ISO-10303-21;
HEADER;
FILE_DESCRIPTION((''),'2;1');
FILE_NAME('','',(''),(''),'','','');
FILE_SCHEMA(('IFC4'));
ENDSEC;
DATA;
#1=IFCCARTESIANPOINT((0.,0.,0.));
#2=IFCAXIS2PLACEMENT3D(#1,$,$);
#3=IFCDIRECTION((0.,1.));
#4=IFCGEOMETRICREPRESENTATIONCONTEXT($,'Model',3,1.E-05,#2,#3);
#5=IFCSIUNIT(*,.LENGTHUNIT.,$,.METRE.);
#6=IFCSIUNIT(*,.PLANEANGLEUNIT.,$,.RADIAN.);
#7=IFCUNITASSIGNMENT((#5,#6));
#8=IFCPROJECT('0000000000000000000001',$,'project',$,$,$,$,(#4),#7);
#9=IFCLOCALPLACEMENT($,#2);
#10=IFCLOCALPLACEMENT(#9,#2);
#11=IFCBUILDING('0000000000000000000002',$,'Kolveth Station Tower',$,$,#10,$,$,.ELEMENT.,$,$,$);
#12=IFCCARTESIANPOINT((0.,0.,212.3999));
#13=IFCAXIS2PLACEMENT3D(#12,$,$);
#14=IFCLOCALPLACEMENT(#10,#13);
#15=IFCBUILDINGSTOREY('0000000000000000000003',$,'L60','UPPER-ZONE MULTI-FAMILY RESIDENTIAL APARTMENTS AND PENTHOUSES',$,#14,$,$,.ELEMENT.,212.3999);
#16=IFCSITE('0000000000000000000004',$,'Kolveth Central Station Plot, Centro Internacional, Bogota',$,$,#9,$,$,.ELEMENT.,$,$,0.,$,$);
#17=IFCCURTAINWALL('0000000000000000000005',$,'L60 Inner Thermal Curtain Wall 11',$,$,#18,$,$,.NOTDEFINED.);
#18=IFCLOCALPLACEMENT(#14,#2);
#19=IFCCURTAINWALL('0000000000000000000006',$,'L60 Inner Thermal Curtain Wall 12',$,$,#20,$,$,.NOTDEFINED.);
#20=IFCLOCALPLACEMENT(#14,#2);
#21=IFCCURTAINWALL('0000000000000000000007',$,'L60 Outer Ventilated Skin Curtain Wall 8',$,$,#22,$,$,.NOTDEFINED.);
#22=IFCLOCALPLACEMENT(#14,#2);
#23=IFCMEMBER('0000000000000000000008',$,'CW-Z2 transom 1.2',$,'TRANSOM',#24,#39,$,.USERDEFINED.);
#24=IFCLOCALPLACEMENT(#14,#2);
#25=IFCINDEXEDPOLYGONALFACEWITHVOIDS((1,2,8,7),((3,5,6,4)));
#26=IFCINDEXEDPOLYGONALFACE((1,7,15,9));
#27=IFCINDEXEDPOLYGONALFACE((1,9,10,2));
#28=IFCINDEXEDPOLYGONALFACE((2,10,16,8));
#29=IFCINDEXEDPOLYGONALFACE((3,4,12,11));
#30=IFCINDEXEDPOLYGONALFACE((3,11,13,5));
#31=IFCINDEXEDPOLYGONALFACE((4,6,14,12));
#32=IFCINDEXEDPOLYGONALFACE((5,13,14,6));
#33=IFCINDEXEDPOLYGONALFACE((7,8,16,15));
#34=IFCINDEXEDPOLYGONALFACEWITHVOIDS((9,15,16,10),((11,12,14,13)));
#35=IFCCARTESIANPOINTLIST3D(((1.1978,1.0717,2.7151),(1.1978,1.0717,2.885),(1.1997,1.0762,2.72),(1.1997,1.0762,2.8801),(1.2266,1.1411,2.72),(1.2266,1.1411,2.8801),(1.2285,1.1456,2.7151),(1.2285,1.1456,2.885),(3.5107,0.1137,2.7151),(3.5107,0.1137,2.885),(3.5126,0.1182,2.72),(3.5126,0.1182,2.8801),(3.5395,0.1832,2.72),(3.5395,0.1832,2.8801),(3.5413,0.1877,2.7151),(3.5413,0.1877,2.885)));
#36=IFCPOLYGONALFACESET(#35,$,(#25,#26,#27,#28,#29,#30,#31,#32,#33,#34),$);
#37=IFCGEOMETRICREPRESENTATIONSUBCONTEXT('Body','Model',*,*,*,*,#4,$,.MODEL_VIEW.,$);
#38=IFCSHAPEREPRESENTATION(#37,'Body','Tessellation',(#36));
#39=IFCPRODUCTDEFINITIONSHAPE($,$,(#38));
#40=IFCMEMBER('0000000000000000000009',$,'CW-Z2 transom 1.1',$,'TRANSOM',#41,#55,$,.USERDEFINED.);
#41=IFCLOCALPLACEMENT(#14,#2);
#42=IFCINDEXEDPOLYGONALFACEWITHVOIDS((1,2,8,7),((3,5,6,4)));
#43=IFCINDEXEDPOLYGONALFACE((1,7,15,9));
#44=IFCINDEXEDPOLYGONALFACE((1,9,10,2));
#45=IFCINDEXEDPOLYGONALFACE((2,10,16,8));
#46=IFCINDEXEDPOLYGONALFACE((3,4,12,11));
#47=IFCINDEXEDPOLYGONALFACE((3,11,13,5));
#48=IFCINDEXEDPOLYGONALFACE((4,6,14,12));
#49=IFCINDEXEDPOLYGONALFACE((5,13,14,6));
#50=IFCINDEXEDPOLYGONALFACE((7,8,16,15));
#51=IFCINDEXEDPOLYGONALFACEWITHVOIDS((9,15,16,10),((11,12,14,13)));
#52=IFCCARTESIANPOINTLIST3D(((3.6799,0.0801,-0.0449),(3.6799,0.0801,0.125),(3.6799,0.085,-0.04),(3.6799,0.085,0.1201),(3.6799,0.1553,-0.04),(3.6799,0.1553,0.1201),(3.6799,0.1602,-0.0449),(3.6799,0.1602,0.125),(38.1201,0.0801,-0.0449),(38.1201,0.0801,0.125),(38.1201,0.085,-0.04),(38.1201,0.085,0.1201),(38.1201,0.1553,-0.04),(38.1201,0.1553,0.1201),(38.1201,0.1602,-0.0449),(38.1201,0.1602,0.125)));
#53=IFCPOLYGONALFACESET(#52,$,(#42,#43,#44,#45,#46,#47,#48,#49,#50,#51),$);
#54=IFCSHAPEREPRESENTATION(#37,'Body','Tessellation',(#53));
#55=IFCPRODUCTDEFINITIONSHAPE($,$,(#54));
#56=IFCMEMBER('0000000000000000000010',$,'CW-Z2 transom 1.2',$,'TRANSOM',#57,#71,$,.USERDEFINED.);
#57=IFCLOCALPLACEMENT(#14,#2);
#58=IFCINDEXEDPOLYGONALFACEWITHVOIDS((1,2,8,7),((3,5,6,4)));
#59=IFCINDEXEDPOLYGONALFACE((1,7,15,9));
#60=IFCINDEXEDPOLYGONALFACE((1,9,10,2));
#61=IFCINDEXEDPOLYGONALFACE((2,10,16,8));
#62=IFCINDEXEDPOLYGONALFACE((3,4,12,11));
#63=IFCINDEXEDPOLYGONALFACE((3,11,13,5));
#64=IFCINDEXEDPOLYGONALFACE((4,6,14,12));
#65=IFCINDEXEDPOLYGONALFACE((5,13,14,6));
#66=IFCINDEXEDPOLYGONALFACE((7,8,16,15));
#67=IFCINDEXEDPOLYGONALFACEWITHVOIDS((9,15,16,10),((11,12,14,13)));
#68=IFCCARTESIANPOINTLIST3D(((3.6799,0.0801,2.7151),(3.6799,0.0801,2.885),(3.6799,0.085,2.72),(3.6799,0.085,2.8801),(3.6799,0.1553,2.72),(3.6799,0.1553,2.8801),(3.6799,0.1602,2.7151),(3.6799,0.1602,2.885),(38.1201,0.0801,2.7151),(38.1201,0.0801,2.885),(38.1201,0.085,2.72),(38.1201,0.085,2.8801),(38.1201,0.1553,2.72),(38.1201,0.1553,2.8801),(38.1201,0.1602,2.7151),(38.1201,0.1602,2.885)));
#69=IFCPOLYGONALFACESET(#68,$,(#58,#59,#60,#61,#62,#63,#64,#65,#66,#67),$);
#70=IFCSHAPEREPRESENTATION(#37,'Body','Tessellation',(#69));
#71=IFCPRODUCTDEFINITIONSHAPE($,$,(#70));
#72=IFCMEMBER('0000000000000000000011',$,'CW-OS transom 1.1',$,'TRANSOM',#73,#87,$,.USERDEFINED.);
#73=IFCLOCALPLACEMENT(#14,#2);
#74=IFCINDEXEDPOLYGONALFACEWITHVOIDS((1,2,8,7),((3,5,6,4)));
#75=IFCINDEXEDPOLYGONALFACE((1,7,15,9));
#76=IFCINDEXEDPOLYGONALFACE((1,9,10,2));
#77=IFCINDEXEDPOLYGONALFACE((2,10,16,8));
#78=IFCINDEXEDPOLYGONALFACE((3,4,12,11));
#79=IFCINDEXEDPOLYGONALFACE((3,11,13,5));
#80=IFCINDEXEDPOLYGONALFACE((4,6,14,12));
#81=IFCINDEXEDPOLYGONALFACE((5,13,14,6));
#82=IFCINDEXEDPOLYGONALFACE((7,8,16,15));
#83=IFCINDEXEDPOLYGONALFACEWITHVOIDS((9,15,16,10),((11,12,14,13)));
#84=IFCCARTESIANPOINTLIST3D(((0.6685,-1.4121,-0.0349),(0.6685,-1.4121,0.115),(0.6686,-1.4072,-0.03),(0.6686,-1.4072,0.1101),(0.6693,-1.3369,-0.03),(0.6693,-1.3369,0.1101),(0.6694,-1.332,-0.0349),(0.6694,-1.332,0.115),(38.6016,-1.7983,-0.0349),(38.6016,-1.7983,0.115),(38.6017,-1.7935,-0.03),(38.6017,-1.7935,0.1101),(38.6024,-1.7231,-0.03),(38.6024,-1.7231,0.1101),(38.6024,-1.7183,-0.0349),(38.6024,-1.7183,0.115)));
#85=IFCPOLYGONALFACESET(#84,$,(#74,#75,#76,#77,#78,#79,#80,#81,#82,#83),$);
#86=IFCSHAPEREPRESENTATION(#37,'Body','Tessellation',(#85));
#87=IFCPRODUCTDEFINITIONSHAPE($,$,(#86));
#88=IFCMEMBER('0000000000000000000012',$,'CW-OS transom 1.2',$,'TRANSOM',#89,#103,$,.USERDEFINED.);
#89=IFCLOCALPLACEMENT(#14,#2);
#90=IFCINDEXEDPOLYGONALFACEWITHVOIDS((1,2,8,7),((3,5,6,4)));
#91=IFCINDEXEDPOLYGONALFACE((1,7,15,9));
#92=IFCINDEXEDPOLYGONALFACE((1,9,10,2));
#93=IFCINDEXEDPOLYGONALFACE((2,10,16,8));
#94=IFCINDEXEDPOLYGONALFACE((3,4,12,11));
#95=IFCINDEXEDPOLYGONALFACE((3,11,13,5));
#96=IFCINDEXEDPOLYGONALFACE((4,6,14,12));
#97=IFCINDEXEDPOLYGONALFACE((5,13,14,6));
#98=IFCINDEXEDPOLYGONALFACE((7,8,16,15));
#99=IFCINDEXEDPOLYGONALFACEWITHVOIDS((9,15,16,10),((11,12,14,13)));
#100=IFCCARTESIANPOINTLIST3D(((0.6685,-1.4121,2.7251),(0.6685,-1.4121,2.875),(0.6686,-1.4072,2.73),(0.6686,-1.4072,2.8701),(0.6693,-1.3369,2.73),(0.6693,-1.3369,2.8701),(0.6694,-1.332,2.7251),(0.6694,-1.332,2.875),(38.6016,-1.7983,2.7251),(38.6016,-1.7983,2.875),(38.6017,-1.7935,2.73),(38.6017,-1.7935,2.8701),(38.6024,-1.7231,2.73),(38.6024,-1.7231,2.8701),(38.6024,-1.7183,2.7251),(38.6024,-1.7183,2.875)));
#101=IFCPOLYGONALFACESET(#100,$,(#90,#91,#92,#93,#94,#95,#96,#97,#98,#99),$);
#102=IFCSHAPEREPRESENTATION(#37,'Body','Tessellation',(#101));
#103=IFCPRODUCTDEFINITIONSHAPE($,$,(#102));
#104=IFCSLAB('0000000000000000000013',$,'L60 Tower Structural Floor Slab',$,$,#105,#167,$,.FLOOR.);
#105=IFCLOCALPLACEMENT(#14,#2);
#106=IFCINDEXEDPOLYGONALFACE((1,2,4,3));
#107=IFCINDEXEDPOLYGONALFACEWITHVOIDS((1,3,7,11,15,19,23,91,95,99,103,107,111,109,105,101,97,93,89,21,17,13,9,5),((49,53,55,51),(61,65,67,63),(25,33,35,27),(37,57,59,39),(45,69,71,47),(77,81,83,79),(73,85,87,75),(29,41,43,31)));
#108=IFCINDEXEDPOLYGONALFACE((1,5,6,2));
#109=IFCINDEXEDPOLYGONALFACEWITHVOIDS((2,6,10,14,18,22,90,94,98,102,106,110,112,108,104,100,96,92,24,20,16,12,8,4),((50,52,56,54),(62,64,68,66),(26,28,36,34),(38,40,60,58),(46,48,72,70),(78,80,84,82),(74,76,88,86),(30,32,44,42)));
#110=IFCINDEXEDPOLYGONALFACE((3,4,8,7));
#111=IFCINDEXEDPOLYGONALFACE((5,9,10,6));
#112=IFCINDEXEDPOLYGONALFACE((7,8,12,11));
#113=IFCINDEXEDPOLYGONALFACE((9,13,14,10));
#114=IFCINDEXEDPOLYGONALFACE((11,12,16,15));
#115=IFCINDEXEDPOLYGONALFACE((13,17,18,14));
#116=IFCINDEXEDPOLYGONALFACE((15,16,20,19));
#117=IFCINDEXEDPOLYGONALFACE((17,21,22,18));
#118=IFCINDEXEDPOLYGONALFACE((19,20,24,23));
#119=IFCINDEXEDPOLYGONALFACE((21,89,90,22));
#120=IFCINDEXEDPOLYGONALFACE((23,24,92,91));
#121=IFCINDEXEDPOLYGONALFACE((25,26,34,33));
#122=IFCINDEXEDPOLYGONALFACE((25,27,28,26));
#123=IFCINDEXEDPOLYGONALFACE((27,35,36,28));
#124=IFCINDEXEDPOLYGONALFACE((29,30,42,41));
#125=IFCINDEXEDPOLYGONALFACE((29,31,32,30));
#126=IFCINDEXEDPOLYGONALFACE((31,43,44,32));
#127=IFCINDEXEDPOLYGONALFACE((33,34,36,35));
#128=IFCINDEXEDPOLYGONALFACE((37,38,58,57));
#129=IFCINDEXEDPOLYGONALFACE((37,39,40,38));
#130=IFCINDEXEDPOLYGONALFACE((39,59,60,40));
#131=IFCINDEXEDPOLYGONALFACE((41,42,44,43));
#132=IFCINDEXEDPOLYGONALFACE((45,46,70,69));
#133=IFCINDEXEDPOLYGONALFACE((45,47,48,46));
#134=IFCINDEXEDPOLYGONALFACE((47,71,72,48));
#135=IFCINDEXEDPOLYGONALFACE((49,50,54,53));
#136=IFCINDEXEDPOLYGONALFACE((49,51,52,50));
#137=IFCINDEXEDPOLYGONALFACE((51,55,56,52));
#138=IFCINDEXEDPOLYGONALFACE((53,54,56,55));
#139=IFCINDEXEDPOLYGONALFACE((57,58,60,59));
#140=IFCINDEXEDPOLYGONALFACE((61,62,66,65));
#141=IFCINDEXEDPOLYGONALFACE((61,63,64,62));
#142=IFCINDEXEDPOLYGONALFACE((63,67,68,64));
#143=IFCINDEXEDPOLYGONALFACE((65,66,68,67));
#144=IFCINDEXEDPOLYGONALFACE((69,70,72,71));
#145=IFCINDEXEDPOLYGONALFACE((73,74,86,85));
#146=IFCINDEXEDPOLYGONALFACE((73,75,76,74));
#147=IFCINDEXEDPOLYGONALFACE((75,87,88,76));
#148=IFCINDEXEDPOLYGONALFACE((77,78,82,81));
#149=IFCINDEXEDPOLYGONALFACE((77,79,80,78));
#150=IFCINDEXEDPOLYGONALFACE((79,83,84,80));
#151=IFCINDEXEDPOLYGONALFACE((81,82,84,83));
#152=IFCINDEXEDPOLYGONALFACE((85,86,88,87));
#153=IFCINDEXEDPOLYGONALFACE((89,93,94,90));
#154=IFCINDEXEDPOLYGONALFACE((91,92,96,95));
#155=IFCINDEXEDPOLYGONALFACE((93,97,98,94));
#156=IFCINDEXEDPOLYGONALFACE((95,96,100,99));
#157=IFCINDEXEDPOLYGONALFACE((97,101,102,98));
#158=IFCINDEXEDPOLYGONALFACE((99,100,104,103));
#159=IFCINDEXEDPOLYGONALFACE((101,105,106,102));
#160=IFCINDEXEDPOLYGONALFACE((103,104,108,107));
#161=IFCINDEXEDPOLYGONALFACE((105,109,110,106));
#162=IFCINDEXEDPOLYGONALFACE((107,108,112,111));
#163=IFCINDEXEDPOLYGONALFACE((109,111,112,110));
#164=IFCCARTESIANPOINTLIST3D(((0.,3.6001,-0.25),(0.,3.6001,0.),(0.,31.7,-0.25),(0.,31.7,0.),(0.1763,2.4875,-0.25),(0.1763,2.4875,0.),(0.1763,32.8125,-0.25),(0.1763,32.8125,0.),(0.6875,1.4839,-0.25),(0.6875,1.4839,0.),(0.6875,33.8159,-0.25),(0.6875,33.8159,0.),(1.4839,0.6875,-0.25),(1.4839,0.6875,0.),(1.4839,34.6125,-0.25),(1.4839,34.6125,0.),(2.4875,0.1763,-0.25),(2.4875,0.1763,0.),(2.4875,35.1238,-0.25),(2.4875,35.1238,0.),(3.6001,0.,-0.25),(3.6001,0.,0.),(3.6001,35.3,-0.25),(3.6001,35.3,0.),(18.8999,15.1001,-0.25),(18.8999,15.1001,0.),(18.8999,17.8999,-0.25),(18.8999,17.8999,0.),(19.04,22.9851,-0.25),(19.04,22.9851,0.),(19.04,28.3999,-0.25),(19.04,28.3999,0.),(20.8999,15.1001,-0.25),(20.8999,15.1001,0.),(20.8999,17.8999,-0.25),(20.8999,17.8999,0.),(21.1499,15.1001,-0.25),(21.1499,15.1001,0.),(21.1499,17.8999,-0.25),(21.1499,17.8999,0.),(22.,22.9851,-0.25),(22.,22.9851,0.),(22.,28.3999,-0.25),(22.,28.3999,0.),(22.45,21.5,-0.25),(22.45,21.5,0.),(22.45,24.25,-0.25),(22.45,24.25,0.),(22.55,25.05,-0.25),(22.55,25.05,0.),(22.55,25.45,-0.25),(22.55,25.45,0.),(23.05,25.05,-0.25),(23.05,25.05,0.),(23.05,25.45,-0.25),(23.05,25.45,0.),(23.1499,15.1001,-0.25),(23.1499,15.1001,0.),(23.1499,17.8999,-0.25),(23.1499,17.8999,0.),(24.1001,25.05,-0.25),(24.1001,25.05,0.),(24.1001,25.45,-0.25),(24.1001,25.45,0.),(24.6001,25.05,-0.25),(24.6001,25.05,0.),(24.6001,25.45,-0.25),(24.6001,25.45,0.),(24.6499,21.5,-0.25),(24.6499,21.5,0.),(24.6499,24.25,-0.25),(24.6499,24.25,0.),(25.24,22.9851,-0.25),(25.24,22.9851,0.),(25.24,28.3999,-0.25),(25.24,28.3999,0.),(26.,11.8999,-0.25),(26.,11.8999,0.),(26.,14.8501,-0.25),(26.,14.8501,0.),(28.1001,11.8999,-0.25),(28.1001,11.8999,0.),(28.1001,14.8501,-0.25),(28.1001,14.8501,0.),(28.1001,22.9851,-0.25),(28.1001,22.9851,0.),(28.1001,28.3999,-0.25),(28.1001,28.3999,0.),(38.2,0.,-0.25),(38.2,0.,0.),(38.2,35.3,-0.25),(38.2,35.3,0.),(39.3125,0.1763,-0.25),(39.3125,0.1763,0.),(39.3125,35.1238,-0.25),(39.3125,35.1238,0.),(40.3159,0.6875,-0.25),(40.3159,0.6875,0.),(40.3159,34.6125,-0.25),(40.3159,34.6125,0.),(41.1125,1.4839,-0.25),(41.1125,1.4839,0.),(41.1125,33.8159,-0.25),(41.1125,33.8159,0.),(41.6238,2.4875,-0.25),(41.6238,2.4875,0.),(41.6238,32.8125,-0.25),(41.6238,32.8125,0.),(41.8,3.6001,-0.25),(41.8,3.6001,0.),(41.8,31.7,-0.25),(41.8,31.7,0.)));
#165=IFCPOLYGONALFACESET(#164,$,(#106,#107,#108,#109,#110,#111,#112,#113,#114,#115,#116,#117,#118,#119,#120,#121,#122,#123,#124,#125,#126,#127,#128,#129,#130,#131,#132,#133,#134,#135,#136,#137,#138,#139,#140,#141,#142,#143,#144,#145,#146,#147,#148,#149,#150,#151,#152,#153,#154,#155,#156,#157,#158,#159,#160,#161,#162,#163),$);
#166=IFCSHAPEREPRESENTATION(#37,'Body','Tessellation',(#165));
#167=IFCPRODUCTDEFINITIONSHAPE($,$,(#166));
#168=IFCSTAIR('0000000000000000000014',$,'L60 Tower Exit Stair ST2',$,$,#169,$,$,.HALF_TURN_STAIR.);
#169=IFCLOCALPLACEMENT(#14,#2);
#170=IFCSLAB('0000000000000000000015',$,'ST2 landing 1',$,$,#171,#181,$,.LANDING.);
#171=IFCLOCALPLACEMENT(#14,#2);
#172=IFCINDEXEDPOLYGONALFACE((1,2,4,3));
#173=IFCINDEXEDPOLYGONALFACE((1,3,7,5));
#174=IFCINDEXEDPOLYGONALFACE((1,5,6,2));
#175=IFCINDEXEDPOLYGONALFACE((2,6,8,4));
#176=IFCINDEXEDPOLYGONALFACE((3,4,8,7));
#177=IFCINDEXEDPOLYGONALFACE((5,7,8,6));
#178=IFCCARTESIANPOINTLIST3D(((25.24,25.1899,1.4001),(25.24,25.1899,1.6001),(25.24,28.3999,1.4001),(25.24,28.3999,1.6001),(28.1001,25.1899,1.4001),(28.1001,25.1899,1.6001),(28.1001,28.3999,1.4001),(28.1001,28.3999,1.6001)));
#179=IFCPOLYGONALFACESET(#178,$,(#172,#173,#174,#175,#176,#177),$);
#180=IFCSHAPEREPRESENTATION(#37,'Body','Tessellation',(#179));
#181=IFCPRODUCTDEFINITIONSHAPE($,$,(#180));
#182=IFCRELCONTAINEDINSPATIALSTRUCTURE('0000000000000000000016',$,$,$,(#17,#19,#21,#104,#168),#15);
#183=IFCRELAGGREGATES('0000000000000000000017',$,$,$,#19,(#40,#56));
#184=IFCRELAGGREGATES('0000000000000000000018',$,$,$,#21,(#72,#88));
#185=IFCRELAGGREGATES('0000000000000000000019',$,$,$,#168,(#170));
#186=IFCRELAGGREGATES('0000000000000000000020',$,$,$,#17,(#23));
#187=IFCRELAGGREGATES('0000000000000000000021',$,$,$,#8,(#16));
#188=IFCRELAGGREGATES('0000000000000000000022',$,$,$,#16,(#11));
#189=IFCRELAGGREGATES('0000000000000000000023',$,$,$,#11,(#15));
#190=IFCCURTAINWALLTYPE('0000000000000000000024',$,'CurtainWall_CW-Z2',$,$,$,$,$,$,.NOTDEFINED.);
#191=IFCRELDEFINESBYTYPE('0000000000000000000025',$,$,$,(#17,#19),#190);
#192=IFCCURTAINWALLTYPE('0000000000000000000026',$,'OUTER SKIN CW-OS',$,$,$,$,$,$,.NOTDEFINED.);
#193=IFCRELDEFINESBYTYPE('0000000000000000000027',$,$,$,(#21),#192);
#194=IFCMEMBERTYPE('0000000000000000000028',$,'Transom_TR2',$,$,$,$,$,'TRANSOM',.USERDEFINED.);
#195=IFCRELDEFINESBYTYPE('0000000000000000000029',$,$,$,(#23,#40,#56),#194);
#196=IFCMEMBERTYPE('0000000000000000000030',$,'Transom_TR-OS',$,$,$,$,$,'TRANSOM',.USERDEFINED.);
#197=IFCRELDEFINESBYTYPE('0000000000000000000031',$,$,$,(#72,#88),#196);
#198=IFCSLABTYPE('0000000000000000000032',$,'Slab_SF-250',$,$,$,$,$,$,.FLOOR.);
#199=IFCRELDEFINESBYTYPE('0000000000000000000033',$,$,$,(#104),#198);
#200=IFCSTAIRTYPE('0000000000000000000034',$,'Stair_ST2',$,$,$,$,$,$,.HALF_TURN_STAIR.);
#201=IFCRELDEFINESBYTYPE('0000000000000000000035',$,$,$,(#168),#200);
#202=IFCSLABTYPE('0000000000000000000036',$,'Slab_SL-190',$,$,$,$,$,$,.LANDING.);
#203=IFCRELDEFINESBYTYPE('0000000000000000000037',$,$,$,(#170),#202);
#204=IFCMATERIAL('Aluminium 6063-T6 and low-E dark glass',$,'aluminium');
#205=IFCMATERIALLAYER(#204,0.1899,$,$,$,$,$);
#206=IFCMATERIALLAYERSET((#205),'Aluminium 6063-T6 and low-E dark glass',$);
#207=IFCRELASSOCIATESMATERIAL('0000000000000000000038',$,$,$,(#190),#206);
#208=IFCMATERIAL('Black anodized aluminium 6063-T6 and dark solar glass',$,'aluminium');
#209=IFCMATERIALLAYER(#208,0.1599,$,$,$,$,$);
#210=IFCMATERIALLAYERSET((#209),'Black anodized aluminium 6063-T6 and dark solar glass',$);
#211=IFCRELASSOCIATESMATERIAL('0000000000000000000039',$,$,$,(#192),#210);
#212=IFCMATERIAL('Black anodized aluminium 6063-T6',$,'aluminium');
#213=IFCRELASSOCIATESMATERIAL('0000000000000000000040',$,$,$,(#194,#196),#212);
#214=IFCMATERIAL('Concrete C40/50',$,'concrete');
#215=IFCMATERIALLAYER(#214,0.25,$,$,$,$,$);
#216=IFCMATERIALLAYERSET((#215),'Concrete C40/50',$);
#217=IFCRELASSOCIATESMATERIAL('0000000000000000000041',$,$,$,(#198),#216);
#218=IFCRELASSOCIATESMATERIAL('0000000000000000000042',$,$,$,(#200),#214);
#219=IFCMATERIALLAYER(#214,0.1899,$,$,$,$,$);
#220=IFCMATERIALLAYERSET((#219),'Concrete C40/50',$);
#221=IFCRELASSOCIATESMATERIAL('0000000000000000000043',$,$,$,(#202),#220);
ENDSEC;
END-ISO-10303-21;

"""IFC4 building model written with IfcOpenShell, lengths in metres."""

from ifc_helpers import new_model, si_unit, direction, frame, origin, origin_2d, place, context, subcontext, project, spatial, polyline, hollow_rectangle, outline, extrude, source, transform, mapped, material, layer, layer_set, material_profile, profile_set, type_object, element, aggregate, save


model = new_model("IFC4")

# Units and contexts
model_context = context("Model", 3, precision=1e-05, world=origin(), true_north=direction((0.0, 1.0)))
body_context = subcontext(model_context, "Body", "Model", "MODEL_VIEW")
ifc_project = project(units=[si_unit("LENGTHUNIT", "METRE"), si_unit("PLANEANGLEUNIT", "RADIAN")], contexts=[model_context])

# Site, building, storey
site_placement = place(None, origin())
site = spatial("IfcSite", under=ifc_project, at=site_placement, Name="Kolveth Central Station Plot, Centro Internacional, Bogota", CompositionType="ELEMENT", RefElevation=0.0)
building_placement = place(site_placement, origin())
building = spatial("IfcBuilding", under=site, at=building_placement, Name="Kolveth Station Tower", CompositionType="ELEMENT")
storey_placement = place(building_placement, frame((0.0, 0.0, 212.3999)))
storey = spatial("IfcBuildingStorey", under=building, at=storey_placement, Name="L60", Description="UPPER-ZONE MULTI-FAMILY RESIDENTIAL APARTMENTS AND PENTHOUSES", CompositionType="ELEMENT", Elevation=212.3999)

# Shared definitions
ifc_material_1 = material(Name="Aluminium 6063-T6 and low-E dark glass", Category="aluminium")
ifc_layer_1 = layer(ifc_material_1, 0.1899)
ifc_layer_set_1 = layer_set([ifc_layer_1], Name="Aluminium 6063-T6 and low-E dark glass")
curtain_wall_type_1 = type_object("IfcCurtainWallType", Name="CurtainWall_CW-Z2", PredefinedType="NOTDEFINED", material=ifc_layer_set_1)
ifc_material_2 = material(Name="Black anodized aluminium 6063-T6", Category="aluminium")

# Curtain wall
curtain_wall_1_placement = place(storey_placement, origin())
curtain_wall_1 = element("IfcCurtainWall", 1, at=curtain_wall_1_placement, inside=storey, type_object=curtain_wall_type_1, Name="L60 Inner Thermal Curtain Wall 11", PredefinedType="NOTDEFINED")

# Curtain walls
curtain_wall_2_placement = place(storey_placement, origin())
curtain_wall_2 = element("IfcCurtainWall", 2, at=curtain_wall_2_placement, inside=storey, type_object=curtain_wall_type_1, Name="L60 Inner Thermal Curtain Wall 12", PredefinedType="NOTDEFINED")
ifc_material_3 = material(Name="Black anodized aluminium 6063-T6 and dark solar glass", Category="aluminium")
ifc_layer_2 = layer(ifc_material_3, 0.1599)
ifc_layer_set_2 = layer_set([ifc_layer_2], Name="Black anodized aluminium 6063-T6 and dark solar glass")
curtain_wall_type_2 = type_object("IfcCurtainWallType", Name="OUTER SKIN CW-OS", PredefinedType="NOTDEFINED", material=ifc_layer_set_2)
curtain_wall_3_placement = place(storey_placement, origin())
curtain_wall_3 = element("IfcCurtainWall", 3, at=curtain_wall_3_placement, inside=storey, type_object=curtain_wall_type_2, Name="L60 Outer Ventilated Skin Curtain Wall 8", PredefinedType="NOTDEFINED")

# Members
ifc_material_profile_1 = material_profile(ifc_material_2, hollow_rectangle(XDim=0.0801, YDim=0.1699, WallThickness=0.0049, at=origin_2d()), Name="ALU-80x170x5")
ifc_profile_set_1 = profile_set([ifc_material_profile_1], Name="Black anodized aluminium 6063-T6")
member_type_1 = type_object("IfcMemberType", Name="Transom_TR2", ElementType="TRANSOM", PredefinedType="USERDEFINED", material=ifc_profile_set_1)
shared_shape_1 = source(origin(), body_context, "Body", "SweptSolid", [
    extrude(hollow_rectangle(XDim=0.0801, YDim=0.1699, WallThickness=0.0049, at=origin_2d()), origin(), (0.0, 0.0, 1.0), 2.5034),
])
member_1_placement = place(storey_placement, frame((1.2131, 1.1086, 2.8), z_axis=(0.923888, -0.382662, 0.0), x_axis=(0.382662, 0.923888, 0.0)))
member_1 = element("IfcMember", 4, at=member_1_placement, type_object=member_type_1, Name="CW-Z2 transom 1.2", ObjectType="TRANSOM", PredefinedType="USERDEFINED", context=body_context, shape_type="MappedRepresentation", body=[
    mapped(shared_shape_1, transform((0.0, 0.0, 0.0), x_axis=(1.0, 0.0, 0.0), y_axis=(0.0, 1.0, 0.0), z_axis=(0.0, 0.0, 1.0), scale=1.0)),
])
shared_shape_2 = source(origin(), body_context, "Body", "SweptSolid", [
    extrude(hollow_rectangle(XDim=0.0801, YDim=0.1699, WallThickness=0.0049, at=origin_2d()), origin(), (0.0, 0.0, 1.0), 34.4402),
])
member_2_placement = place(storey_placement, frame((3.6799, 0.1201, 0.04), z_axis=(1.0, 0.0, 0.0), x_axis=(0.0, 1.0, 0.0)))
member_2 = element("IfcMember", 5, at=member_2_placement, type_object=member_type_1, Name="CW-Z2 transom 1.1", ObjectType="TRANSOM", PredefinedType="USERDEFINED", context=body_context, shape_type="MappedRepresentation", body=[
    mapped(shared_shape_2, transform((0.0, 0.0, 0.0), x_axis=(1.0, 0.0, 0.0), y_axis=(0.0, 1.0, 0.0), z_axis=(0.0, 0.0, 1.0), scale=1.0)),
])
member_3_placement = place(storey_placement, frame((3.6799, 0.1201, 2.8), z_axis=(1.0, 0.0, 0.0), x_axis=(0.0, 1.0, 0.0)))
member_3 = element("IfcMember", 6, at=member_3_placement, type_object=member_type_1, Name="CW-Z2 transom 1.2", ObjectType="TRANSOM", PredefinedType="USERDEFINED", context=body_context, shape_type="MappedRepresentation", body=[
    mapped(shared_shape_2, transform((0.0, 0.0, 0.0), x_axis=(1.0, 0.0, 0.0), y_axis=(0.0, 1.0, 0.0), z_axis=(0.0, 0.0, 1.0), scale=1.0)),
])
aggregate(curtain_wall_2, [member_2, member_3])
ifc_material_profile_2 = material_profile(ifc_material_2, hollow_rectangle(XDim=0.0801, YDim=0.1499, WallThickness=0.0049, at=origin_2d()), Name="ALU-80x150x5")
ifc_profile_set_2 = profile_set([ifc_material_profile_2], Name="Black anodized aluminium 6063-T6")
member_type_2 = type_object("IfcMemberType", Name="Transom_TR-OS", ElementType="TRANSOM", PredefinedType="USERDEFINED", material=ifc_profile_set_2)
shared_shape_3 = source(origin(), body_context, "Body", "SweptSolid", [
    extrude(hollow_rectangle(XDim=0.0801, YDim=0.1499, WallThickness=0.0049, at=origin_2d()), origin(), (0.0, 0.0, 1.0), 37.9351),
])
member_4_placement = place(storey_placement, frame((0.6689, -1.3721, 0.04), z_axis=(0.999948, -0.010181, 0.0), x_axis=(0.010181, 0.999948, 0.0)))
member_4 = element("IfcMember", 7, at=member_4_placement, type_object=member_type_2, Name="CW-OS transom 1.1", ObjectType="TRANSOM", PredefinedType="USERDEFINED", context=body_context, shape_type="MappedRepresentation", body=[
    mapped(shared_shape_3, transform((0.0, 0.0, 0.0), x_axis=(1.0, 0.0, 0.0), y_axis=(0.0, 1.0, 0.0), z_axis=(0.0, 0.0, 1.0), scale=1.0)),
])
member_5_placement = place(storey_placement, frame((0.6689, -1.3721, 2.8), z_axis=(0.999948, -0.010181, 0.0), x_axis=(0.010181, 0.999948, 0.0)))
member_5 = element("IfcMember", 8, at=member_5_placement, type_object=member_type_2, Name="CW-OS transom 1.2", ObjectType="TRANSOM", PredefinedType="USERDEFINED", context=body_context, shape_type="MappedRepresentation", body=[
    mapped(shared_shape_3, transform((0.0, 0.0, 0.0), x_axis=(1.0, 0.0, 0.0), y_axis=(0.0, 1.0, 0.0), z_axis=(0.0, 0.0, 1.0), scale=1.0)),
])
aggregate(curtain_wall_3, [member_4, member_5])

# Slab
ifc_material_4 = material(Name="Concrete C40/50", Category="concrete")
ifc_layer_3 = layer(ifc_material_4, 0.25)
ifc_layer_set_3 = layer_set([ifc_layer_3], Name="Concrete C40/50")
slab_type_1 = type_object("IfcSlabType", Name="Slab_SF-250", PredefinedType="FLOOR", material=ifc_layer_set_3)
slab_1_placement = place(storey_placement, frame((0.0, 0.0, -0.25)))
element("IfcSlab", 9, at=slab_1_placement, inside=storey, type_object=slab_type_1, Name="L60 Tower Structural Floor Slab", PredefinedType="FLOOR", context=body_context, shape_type="SweptSolid", body=[
    extrude(outline(polyline([(38.2, 0.0), (39.3125, 0.1763), (40.3159, 0.6875), (41.1125, 1.4839), (41.6238, 2.4875), (41.8, 3.6001), (41.8, 31.7), (41.6238, 32.8125), (41.1125, 33.8159), (40.3159, 34.6125), (39.3125, 35.1238), (38.2, 35.3), (3.6001, 35.3), (2.4875, 35.1238), (1.4839, 34.6125), (0.6875, 33.8159), (0.1763, 32.8125), (0.0, 31.7), (0.0, 3.6001), (0.1763, 2.4875), (0.6875, 1.4839), (1.4839, 0.6875), (2.4875, 0.1763), (3.6001, 0.0), (38.2, 0.0)]), holes=[polyline([(19.04, 22.9851), (22.0, 22.9851), (22.0, 28.3999), (19.04, 28.3999), (19.04, 22.9851)]), polyline([(25.24, 22.9851), (28.1001, 22.9851), (28.1001, 28.3999), (25.24, 28.3999), (25.24, 22.9851)]), polyline([(18.8999, 15.1001), (20.8999, 15.1001), (20.8999, 17.8999), (18.8999, 17.8999), (18.8999, 15.1001)]), polyline([(21.1499, 15.1001), (23.1499, 15.1001), (23.1499, 17.8999), (21.1499, 17.8999), (21.1499, 15.1001)]), polyline([(22.45, 21.5), (24.6499, 21.5), (24.6499, 24.25), (22.45, 24.25), (22.45, 21.5)]), polyline([(26.0, 11.8999), (28.1001, 11.8999), (28.1001, 14.8501), (26.0, 14.8501), (26.0, 11.8999)]), polyline([(22.55, 25.05), (23.05, 25.05), (23.05, 25.45), (22.55, 25.45), (22.55, 25.05)]), polyline([(24.1001, 25.05), (24.6001, 25.05), (24.6001, 25.45), (24.1001, 25.45), (24.1001, 25.05)])]), origin(), (0.0, 0.0, 1.0), 0.25),
])

# Stair, slab
stair_type_1 = type_object("IfcStairType", Name="Stair_ST2", PredefinedType="HALF_TURN_STAIR", material=ifc_material_4)
stair_1_placement = place(storey_placement, origin())
stair_1 = element("IfcStair", 10, at=stair_1_placement, inside=storey, type_object=stair_type_1, Name="L60 Tower Exit Stair ST2", PredefinedType="HALF_TURN_STAIR")
ifc_layer_4 = layer(ifc_material_4, 0.1899)
ifc_layer_set_4 = layer_set([ifc_layer_4], Name="Concrete C40/50")
slab_type_2 = type_object("IfcSlabType", Name="Slab_SL-190", PredefinedType="LANDING", material=ifc_layer_set_4)
slab_2_placement = place(storey_placement, frame((0.0, 0.0, 1.4001)))
slab_2 = element("IfcSlab", 11, at=slab_2_placement, type_object=slab_type_2, Name="ST2 landing 1", PredefinedType="LANDING", context=body_context, shape_type="SweptSolid", body=[
    extrude(outline(polyline([(28.1001, 25.1899), (28.1001, 28.3999), (25.24, 28.3999), (25.24, 25.1899), (28.1001, 25.1899)])), origin(), (0.0, 0.0, 1.0), 0.2),
])
aggregate(stair_1, [slab_2])

aggregate(curtain_wall_1, [member_1])

save(model, "model.ifc")
